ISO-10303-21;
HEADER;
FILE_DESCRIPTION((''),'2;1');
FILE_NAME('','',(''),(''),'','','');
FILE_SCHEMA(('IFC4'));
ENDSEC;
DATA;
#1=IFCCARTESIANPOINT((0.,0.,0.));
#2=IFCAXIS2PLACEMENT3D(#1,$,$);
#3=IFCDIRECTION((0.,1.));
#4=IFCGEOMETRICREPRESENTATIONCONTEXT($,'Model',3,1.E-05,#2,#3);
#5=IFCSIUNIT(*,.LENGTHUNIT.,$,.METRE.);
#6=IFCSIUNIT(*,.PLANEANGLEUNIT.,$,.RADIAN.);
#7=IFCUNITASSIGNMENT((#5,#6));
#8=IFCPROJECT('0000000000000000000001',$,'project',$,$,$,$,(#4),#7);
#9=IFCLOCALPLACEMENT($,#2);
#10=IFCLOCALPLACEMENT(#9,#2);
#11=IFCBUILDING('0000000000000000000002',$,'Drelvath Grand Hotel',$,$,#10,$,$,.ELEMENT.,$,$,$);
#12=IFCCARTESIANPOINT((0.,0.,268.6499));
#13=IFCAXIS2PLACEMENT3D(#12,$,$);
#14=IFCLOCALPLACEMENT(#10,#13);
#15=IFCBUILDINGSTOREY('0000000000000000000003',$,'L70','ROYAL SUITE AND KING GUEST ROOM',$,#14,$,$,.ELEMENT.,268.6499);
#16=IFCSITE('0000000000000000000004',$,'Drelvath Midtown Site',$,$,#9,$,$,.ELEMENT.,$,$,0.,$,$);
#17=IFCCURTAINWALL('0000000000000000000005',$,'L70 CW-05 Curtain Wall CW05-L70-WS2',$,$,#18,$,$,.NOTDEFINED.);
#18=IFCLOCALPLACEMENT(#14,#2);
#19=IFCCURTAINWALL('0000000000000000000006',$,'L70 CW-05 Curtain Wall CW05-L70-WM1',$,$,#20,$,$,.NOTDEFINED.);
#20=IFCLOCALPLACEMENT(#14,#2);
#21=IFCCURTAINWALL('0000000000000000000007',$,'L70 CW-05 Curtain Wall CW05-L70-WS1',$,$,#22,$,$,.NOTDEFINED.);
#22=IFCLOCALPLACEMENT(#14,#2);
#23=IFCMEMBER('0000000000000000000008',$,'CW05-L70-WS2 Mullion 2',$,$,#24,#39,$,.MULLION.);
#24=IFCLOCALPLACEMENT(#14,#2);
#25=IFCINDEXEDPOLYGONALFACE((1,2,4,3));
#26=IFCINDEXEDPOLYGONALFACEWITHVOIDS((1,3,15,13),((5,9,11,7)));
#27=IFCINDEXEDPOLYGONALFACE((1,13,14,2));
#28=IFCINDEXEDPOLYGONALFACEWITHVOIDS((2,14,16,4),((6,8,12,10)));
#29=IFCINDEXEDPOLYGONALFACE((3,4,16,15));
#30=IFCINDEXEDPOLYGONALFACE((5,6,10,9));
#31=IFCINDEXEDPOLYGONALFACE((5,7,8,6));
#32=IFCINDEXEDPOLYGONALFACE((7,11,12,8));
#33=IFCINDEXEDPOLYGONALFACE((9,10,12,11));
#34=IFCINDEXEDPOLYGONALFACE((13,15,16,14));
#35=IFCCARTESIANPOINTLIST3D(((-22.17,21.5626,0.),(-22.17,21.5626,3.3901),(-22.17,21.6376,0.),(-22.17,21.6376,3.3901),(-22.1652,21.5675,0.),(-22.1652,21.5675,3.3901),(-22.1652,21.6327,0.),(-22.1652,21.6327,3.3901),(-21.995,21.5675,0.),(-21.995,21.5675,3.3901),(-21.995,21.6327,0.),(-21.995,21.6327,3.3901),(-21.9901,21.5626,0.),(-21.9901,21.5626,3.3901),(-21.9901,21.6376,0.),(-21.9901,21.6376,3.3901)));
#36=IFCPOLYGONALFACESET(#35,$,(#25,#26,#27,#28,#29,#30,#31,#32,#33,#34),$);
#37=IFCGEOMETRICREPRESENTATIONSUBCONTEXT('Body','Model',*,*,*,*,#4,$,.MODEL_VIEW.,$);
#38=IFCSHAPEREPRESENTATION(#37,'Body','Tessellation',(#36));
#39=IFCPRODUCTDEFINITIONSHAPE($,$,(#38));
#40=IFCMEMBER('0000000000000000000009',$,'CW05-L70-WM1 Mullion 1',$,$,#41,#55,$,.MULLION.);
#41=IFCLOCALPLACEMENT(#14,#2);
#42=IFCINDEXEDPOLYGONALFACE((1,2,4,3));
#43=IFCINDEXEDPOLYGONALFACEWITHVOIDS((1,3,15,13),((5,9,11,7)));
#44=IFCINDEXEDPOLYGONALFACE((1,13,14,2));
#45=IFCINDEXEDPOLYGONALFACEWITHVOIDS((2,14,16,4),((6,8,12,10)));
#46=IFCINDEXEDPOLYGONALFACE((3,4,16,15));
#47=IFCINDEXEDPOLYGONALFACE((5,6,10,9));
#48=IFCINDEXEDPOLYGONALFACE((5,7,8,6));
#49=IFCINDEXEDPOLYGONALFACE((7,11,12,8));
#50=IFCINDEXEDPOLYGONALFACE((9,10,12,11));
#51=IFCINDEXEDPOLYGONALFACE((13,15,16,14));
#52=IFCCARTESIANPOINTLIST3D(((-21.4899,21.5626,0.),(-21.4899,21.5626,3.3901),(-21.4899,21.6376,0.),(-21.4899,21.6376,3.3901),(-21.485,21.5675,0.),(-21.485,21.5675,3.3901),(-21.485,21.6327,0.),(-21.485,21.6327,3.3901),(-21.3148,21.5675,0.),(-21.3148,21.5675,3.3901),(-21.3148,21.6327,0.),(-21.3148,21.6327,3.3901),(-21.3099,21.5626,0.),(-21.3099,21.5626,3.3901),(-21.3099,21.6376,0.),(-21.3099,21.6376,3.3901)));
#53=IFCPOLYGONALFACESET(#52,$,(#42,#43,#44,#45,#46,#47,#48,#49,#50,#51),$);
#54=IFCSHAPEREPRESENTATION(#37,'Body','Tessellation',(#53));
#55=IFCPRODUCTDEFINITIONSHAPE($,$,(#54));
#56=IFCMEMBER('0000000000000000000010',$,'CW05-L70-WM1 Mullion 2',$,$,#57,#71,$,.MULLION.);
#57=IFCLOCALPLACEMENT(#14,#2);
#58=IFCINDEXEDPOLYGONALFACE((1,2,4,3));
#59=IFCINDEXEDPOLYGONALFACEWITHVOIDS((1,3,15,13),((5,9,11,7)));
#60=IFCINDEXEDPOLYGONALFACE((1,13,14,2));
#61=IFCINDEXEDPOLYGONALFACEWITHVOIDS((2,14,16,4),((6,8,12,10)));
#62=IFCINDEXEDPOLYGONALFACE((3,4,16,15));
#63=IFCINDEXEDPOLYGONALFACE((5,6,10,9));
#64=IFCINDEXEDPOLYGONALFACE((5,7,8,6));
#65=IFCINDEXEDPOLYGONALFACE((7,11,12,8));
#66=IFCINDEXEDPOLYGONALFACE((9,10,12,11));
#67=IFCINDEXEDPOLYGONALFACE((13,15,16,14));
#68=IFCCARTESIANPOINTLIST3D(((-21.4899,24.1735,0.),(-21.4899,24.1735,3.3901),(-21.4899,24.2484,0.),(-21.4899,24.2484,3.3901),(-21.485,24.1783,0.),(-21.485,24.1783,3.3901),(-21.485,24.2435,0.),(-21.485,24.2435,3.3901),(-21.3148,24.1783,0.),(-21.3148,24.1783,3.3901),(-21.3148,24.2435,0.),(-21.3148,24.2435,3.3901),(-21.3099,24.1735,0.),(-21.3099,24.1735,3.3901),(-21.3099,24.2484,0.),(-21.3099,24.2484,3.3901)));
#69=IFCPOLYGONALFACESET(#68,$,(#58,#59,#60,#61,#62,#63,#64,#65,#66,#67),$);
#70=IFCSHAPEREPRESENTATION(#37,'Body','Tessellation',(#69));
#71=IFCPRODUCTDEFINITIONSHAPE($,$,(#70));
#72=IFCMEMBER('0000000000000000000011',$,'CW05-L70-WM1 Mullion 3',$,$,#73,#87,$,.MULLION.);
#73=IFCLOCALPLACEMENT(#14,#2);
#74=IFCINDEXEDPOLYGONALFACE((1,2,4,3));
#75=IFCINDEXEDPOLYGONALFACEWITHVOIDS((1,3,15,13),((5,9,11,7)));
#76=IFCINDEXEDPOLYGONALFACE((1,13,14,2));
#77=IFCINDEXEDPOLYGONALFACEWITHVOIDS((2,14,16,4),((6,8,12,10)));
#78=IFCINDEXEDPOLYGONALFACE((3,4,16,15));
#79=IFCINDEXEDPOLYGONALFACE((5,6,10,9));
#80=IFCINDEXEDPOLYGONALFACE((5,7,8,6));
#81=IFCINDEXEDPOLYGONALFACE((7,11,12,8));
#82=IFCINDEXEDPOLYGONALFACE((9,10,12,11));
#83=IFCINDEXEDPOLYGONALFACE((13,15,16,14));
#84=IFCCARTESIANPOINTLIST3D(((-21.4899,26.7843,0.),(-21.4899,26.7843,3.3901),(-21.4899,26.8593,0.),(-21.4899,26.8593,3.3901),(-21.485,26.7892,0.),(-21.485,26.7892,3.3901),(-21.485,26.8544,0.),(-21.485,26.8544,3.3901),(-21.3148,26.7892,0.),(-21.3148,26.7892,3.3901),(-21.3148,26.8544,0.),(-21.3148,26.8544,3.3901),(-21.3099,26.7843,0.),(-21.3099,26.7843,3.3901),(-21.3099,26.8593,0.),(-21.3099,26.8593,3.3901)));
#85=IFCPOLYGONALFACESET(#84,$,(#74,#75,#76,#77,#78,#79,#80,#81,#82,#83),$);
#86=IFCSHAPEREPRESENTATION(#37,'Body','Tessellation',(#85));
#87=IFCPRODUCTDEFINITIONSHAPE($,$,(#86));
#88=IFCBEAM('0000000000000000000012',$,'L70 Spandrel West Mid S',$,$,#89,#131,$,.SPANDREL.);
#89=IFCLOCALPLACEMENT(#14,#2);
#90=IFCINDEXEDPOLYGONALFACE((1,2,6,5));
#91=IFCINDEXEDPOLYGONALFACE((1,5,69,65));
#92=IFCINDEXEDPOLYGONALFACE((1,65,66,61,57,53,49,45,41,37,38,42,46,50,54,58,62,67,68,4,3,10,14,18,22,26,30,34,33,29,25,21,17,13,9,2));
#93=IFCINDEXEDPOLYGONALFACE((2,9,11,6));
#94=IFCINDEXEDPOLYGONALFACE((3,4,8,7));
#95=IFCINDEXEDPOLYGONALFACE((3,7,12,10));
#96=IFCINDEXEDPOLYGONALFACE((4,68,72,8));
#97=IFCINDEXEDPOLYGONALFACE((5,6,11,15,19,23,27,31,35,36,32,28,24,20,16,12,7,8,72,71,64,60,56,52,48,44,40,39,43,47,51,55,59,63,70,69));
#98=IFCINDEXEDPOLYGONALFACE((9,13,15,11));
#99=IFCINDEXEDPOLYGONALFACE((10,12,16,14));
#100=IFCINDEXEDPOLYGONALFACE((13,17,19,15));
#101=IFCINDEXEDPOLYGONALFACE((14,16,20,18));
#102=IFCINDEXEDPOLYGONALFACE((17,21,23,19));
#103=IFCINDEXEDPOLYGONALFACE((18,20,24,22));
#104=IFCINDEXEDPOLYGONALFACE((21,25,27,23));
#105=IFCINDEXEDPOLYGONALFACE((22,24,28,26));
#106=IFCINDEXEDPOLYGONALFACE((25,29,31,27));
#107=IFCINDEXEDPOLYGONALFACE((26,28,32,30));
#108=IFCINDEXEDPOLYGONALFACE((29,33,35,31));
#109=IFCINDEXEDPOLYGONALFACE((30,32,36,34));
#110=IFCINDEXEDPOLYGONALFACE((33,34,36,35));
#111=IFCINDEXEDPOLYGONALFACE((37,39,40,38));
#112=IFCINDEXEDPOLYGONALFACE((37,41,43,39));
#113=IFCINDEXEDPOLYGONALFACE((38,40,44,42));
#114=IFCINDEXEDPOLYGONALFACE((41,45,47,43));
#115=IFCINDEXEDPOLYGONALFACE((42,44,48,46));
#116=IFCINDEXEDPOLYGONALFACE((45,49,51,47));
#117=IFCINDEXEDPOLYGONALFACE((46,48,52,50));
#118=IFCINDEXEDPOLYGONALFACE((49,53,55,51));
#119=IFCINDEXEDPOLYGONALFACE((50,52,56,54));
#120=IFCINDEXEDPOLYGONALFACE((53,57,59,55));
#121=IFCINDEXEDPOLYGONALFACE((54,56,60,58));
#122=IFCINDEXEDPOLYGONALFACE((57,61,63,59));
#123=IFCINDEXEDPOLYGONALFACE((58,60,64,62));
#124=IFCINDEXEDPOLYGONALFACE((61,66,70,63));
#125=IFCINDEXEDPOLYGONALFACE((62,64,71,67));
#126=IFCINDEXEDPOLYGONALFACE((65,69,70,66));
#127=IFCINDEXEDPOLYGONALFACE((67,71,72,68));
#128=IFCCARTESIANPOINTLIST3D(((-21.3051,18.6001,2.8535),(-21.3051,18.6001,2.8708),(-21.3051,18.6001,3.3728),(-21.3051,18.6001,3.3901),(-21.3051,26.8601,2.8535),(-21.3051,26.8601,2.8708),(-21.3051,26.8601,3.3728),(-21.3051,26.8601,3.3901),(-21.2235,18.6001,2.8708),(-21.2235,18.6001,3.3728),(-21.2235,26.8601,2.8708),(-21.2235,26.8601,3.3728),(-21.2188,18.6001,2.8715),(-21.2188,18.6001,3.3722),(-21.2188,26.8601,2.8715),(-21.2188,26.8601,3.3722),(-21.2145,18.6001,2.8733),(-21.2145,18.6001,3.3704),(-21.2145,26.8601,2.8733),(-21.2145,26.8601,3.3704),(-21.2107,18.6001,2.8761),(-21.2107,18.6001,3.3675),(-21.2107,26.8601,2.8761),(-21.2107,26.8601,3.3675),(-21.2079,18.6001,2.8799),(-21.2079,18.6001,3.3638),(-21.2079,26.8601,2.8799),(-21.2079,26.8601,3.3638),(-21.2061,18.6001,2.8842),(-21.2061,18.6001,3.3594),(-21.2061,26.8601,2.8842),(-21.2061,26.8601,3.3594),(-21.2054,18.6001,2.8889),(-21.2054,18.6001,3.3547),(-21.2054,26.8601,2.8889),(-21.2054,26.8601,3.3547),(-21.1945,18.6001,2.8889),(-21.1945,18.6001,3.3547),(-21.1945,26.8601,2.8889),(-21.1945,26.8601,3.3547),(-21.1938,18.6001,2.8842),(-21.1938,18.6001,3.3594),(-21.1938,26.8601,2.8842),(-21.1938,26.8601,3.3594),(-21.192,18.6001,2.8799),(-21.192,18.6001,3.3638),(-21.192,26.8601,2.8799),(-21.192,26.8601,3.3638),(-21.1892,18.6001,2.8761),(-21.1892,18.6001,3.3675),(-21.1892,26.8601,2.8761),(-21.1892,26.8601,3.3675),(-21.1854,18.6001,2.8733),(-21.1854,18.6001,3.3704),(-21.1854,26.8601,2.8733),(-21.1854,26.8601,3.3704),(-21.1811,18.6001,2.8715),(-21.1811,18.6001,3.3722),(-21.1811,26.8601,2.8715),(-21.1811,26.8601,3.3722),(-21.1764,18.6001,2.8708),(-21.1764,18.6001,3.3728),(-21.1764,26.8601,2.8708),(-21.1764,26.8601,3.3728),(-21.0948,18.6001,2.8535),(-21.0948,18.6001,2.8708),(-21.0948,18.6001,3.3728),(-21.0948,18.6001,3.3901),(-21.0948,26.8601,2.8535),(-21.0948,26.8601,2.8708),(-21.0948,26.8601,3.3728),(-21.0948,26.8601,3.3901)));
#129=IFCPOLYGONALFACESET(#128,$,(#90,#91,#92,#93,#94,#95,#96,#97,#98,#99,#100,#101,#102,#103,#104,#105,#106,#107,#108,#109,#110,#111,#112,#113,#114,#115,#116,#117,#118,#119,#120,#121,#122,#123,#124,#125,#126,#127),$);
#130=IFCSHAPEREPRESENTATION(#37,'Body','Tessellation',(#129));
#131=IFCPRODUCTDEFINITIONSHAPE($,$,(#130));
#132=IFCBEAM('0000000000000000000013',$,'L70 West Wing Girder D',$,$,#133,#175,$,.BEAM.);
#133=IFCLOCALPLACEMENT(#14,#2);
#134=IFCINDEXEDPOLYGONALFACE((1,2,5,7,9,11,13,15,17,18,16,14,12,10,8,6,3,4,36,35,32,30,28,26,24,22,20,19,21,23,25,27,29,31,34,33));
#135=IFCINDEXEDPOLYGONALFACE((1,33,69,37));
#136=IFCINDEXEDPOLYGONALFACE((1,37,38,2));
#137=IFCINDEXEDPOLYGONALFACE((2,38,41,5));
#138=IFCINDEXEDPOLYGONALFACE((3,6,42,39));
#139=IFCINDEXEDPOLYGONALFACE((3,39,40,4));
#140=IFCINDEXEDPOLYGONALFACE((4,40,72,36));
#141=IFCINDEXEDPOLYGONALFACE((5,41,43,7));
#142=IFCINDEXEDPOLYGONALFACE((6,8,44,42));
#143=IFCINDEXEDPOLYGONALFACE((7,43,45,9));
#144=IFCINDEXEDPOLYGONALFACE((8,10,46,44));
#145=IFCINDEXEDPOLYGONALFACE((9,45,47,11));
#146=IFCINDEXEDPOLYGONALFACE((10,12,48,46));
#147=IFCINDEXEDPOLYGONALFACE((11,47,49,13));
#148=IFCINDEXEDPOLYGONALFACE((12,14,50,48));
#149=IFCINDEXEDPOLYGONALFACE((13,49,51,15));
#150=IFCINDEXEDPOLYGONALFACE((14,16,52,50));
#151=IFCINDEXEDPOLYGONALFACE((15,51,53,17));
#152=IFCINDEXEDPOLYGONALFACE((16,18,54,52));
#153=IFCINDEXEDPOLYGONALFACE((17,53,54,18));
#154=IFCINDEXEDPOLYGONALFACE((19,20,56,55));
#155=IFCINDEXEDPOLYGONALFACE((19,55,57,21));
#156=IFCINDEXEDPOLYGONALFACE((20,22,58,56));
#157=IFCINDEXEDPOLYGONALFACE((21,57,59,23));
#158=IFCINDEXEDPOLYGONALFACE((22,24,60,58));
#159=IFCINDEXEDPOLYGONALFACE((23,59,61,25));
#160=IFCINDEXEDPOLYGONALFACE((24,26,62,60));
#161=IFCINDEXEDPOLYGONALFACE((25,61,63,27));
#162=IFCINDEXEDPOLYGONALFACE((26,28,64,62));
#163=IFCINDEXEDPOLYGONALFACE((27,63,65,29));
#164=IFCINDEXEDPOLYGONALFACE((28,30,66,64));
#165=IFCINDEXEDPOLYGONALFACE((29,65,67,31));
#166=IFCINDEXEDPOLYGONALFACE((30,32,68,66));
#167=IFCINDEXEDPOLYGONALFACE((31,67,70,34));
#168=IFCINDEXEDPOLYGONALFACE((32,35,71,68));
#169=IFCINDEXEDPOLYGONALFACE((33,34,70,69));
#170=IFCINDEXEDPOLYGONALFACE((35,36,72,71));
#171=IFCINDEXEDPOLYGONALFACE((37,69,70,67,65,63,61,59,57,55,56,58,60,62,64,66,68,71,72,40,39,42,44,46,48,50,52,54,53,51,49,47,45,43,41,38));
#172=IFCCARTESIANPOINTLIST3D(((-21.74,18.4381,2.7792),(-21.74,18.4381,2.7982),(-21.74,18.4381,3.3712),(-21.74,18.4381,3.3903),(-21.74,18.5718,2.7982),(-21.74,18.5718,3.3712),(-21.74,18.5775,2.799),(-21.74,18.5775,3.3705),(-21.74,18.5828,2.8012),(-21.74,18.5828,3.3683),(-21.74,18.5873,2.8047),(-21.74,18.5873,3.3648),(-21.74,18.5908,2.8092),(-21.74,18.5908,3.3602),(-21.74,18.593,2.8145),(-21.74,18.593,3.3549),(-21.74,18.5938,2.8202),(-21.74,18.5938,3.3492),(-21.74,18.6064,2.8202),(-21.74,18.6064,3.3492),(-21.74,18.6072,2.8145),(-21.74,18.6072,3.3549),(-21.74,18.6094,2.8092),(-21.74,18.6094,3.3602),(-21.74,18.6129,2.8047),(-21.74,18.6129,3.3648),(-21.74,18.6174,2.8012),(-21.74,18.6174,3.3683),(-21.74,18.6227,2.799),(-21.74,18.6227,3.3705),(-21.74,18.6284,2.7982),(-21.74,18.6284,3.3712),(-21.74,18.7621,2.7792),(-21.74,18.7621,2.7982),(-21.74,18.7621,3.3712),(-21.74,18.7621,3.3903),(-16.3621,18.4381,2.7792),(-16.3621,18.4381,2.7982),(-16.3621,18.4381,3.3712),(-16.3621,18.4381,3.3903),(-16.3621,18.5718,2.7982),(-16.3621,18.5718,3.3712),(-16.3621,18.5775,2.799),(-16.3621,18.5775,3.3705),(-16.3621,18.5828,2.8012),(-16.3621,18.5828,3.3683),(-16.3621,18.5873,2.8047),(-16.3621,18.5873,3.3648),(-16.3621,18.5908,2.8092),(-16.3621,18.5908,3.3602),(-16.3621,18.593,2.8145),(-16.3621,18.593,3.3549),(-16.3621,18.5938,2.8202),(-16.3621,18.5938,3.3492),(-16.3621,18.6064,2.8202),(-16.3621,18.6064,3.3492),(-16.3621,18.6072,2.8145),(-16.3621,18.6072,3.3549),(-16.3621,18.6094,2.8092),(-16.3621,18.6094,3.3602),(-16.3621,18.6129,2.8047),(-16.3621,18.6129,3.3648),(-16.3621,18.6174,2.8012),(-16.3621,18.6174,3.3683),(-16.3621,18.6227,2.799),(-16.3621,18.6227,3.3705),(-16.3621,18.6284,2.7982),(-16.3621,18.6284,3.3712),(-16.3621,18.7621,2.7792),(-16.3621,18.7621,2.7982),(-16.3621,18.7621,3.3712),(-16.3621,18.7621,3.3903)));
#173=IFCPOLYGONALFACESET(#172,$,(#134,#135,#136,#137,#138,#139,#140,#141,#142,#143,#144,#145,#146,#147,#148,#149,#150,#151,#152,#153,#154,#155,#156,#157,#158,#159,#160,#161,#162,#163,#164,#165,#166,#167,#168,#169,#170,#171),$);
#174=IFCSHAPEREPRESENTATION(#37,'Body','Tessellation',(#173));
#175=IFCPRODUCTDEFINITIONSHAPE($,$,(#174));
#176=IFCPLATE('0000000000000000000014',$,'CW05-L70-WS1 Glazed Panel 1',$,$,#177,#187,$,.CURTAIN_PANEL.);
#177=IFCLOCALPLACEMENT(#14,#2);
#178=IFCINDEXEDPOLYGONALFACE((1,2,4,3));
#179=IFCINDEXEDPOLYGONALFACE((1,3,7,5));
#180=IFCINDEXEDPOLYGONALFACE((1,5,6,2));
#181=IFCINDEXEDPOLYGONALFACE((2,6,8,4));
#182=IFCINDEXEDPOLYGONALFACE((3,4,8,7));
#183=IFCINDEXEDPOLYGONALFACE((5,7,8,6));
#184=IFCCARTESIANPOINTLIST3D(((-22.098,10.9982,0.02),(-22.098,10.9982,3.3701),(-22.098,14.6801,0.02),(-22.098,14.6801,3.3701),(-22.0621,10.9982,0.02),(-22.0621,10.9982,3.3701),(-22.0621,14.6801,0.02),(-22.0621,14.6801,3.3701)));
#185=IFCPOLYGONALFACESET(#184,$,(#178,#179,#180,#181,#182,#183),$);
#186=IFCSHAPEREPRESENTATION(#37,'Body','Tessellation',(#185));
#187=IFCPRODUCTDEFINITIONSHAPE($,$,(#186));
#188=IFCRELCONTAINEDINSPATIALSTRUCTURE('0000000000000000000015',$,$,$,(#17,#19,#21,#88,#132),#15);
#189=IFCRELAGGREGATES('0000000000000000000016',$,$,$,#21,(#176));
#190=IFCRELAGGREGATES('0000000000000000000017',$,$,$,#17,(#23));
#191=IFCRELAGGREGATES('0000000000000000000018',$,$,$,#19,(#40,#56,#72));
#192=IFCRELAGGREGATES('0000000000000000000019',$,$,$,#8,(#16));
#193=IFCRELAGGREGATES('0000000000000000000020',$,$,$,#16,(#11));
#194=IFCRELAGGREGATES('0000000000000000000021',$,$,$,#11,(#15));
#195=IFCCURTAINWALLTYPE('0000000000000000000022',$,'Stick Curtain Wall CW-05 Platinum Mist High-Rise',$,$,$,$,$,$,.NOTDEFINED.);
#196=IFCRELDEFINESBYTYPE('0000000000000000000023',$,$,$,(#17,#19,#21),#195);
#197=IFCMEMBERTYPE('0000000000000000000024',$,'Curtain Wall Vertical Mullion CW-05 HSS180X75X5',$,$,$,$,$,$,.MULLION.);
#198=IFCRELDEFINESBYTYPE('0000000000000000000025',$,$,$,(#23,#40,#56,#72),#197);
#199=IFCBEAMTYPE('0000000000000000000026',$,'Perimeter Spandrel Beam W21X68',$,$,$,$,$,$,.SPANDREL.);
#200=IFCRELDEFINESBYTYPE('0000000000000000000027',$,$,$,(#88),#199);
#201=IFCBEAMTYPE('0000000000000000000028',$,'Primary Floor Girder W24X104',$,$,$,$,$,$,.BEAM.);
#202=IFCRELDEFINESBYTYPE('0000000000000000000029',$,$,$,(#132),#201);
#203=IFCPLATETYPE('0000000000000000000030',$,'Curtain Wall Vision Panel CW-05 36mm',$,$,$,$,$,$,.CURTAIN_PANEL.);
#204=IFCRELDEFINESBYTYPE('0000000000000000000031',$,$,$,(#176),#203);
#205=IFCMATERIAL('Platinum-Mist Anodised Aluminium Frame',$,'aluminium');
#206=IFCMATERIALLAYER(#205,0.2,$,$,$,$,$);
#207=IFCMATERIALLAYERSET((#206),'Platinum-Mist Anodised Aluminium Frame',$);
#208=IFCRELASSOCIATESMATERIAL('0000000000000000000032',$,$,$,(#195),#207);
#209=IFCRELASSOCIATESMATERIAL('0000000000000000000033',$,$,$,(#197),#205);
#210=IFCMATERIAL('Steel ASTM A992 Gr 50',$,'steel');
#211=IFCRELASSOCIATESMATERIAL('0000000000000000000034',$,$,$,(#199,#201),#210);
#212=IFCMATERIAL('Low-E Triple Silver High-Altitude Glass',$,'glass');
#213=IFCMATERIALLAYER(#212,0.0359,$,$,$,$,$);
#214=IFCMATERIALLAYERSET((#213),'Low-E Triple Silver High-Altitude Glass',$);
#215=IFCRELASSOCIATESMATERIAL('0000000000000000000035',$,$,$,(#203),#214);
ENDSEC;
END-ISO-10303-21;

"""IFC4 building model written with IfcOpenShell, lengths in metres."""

from ifc_helpers import new_model, si_unit, direction, frame, origin, origin_2d, place, context, subcontext, project, spatial, rectangle, hollow_rectangle, i_section, extrude, material, layer, layer_set, material_profile, profile_set, type_object, element, aggregate, save


model = new_model("IFC4")

# Units and contexts
model_context = context("Model", 3, precision=1e-05, world=origin(), true_north=direction((0.0, 1.0)))
body_context = subcontext(model_context, "Body", "Model", "MODEL_VIEW")
ifc_project = project(units=[si_unit("LENGTHUNIT", "METRE"), si_unit("PLANEANGLEUNIT", "RADIAN")], contexts=[model_context])

# Site, building, storey
site_placement = place(None, origin())
site = spatial("IfcSite", under=ifc_project, at=site_placement, Name="Drelvath Midtown Site", CompositionType="ELEMENT", RefElevation=0.0)
building_placement = place(site_placement, origin())
building = spatial("IfcBuilding", under=site, at=building_placement, Name="Drelvath Grand Hotel", CompositionType="ELEMENT")
storey_placement = place(building_placement, frame((0.0, 0.0, 268.6499)))
storey = spatial("IfcBuildingStorey", under=building, at=storey_placement, Name="L70", Description="ROYAL SUITE AND KING GUEST ROOM", CompositionType="ELEMENT", Elevation=268.6499)

# Shared definitions
ifc_material_1 = material(Name="Steel ASTM A992 Gr 50", Category="steel")

# Curtain walls
ifc_material_2 = material(Name="Platinum-Mist Anodised Aluminium Frame", Category="aluminium")
ifc_layer_1 = layer(ifc_material_2, 0.2)
ifc_layer_set_1 = layer_set([ifc_layer_1], Name="Platinum-Mist Anodised Aluminium Frame")
curtain_wall_type = type_object("IfcCurtainWallType", Name="Stick Curtain Wall CW-05 Platinum Mist High-Rise", PredefinedType="NOTDEFINED", material=ifc_layer_set_1)
curtain_wall_1_placement = place(storey_placement, origin())
curtain_wall_1 = element("IfcCurtainWall", 1, at=curtain_wall_1_placement, inside=storey, type_object=curtain_wall_type, Name="L70 CW-05 Curtain Wall CW05-L70-WS2", PredefinedType="NOTDEFINED")
curtain_wall_2_placement = place(storey_placement, origin())
curtain_wall_2 = element("IfcCurtainWall", 2, at=curtain_wall_2_placement, inside=storey, type_object=curtain_wall_type, Name="L70 CW-05 Curtain Wall CW05-L70-WM1", PredefinedType="NOTDEFINED")

# Curtain wall
curtain_wall_3_placement = place(storey_placement, origin())
curtain_wall_3 = element("IfcCurtainWall", 3, at=curtain_wall_3_placement, inside=storey, type_object=curtain_wall_type, Name="L70 CW-05 Curtain Wall CW05-L70-WS1", PredefinedType="NOTDEFINED")
ifc_material_profile_1 = material_profile(ifc_material_2, hollow_rectangle(XDim=0.075, YDim=0.1799, WallThickness=0.0049, at=origin_2d()), Name="HSS180X75X5")
ifc_profile_set_1 = profile_set([ifc_material_profile_1], Name="Platinum-Mist Anodised Aluminium Frame")
member_type_1 = type_object("IfcMemberType", Name="Curtain Wall Vertical Mullion CW-05 HSS180X75X5", PredefinedType="MULLION", material=ifc_profile_set_1)

# Members
member_1_placement = place(storey_placement, frame((-22.0801, 21.6001, 0.0), z_axis=(0.0, 0.0, 1.0), x_axis=(0.0, 1.0, 0.0)))
member_1 = element("IfcMember", 4, at=member_1_placement, type_object=member_type_1, Name="CW05-L70-WS2 Mullion 2", PredefinedType="MULLION", context=body_context, shape_type="SweptSolid", body=[
    extrude(hollow_rectangle(XDim=0.075, YDim=0.1799, WallThickness=0.0049, at=origin_2d()), origin(), (0.0, 0.0, 1.0), 3.3901),
])
member_2_placement = place(storey_placement, frame((-21.3999, 21.6001, 0.0), z_axis=(0.0, 0.0, 1.0), x_axis=(0.0, 1.0, 0.0)))
member_2 = element("IfcMember", 5, at=member_2_placement, type_object=member_type_1, Name="CW05-L70-WM1 Mullion 1", PredefinedType="MULLION", context=body_context, shape_type="SweptSolid", body=[
    extrude(hollow_rectangle(XDim=0.075, YDim=0.1799, WallThickness=0.0049, at=origin_2d()), origin(), (0.0, 0.0, 1.0), 3.3901),
])
member_3_placement = place(storey_placement, frame((-21.3999, 24.2109, 0.0), z_axis=(0.0, 0.0, 1.0), x_axis=(0.0, 1.0, 0.0)))
member_3 = element("IfcMember", 6, at=member_3_placement, type_object=member_type_1, Name="CW05-L70-WM1 Mullion 2", PredefinedType="MULLION", context=body_context, shape_type="SweptSolid", body=[
    extrude(hollow_rectangle(XDim=0.075, YDim=0.1799, WallThickness=0.0049, at=origin_2d()), origin(), (0.0, 0.0, 1.0), 3.3901),
])
member_4_placement = place(storey_placement, frame((-21.3999, 26.8218, 0.0), z_axis=(0.0, 0.0, 1.0), x_axis=(0.0, 1.0, 0.0)))
member_4 = element("IfcMember", 7, at=member_4_placement, type_object=member_type_1, Name="CW05-L70-WM1 Mullion 3", PredefinedType="MULLION", context=body_context, shape_type="SweptSolid", body=[
    extrude(hollow_rectangle(XDim=0.075, YDim=0.1799, WallThickness=0.0049, at=origin_2d()), origin(), (0.0, 0.0, 1.0), 3.3901),
])

# Beams
ifc_material_profile_2 = material_profile(ifc_material_1, i_section(OverallWidth=0.2102, OverallDepth=0.5366, WebThickness=0.011, FlangeThickness=0.0173, FilletRadius=0.0181, at=origin_2d()), Name="W21X68")
ifc_profile_set_2 = profile_set([ifc_material_profile_2], Name="Steel ASTM A992 Gr 50")
beam_type_1 = type_object("IfcBeamType", Name="Perimeter Spandrel Beam W21X68", PredefinedType="SPANDREL", material=ifc_profile_set_2)
beam_1_placement = place(storey_placement, frame((-21.2, 18.6001, 3.1218), z_axis=(0.0, 1.0, 0.0), x_axis=(-1.0, 0.0, 0.0)))
element("IfcBeam", 8, at=beam_1_placement, inside=storey, type_object=beam_type_1, Name="L70 Spandrel West Mid S", PredefinedType="SPANDREL", context=body_context, shape_type="SweptSolid", body=[
    extrude(i_section(OverallWidth=0.2102, OverallDepth=0.5366, WebThickness=0.011, FlangeThickness=0.0173, FilletRadius=0.0181, at=origin_2d()), origin(), (0.0, 0.0, 1.0), 8.26),
])
ifc_material_profile_3 = material_profile(ifc_material_1, i_section(OverallWidth=0.324, OverallDepth=0.6111, WebThickness=0.0127, FlangeThickness=0.019, FilletRadius=0.022, at=origin_2d()), Name="W24X104")
ifc_profile_set_3 = profile_set([ifc_material_profile_3], Name="Steel ASTM A992 Gr 50")
beam_type_2 = type_object("IfcBeamType", Name="Primary Floor Girder W24X104", PredefinedType="BEAM", material=ifc_profile_set_3)
beam_2_placement = place(storey_placement, frame((-21.74, 18.6001, 3.0847), z_axis=(1.0, 0.0, 0.0), x_axis=(0.0, 1.0, 0.0)))
element("IfcBeam", 9, at=beam_2_placement, inside=storey, type_object=beam_type_2, Name="L70 West Wing Girder D", PredefinedType="BEAM", context=body_context, shape_type="SweptSolid", body=[
    extrude(i_section(OverallWidth=0.324, OverallDepth=0.6111, WebThickness=0.0127, FlangeThickness=0.019, FilletRadius=0.022, at=origin_2d()), origin(), (0.0, 0.0, 1.0), 5.3779),
])

# Plate
ifc_material_3 = material(Name="Low-E Triple Silver High-Altitude Glass", Category="glass")
ifc_layer_2 = layer(ifc_material_3, 0.0359)
ifc_layer_set_2 = layer_set([ifc_layer_2], Name="Low-E Triple Silver High-Altitude Glass")
plate_type = type_object("IfcPlateType", Name="Curtain Wall Vision Panel CW-05 36mm", PredefinedType="CURTAIN_PANEL", material=ifc_layer_set_2)
plate_1_placement = place(storey_placement, frame((-22.0801, 12.8391, 0.02), z_axis=(0.0, 0.0, 1.0), x_axis=(0.0, 1.0, 0.0)))
plate_1 = element("IfcPlate", 10, at=plate_1_placement, type_object=plate_type, Name="CW05-L70-WS1 Glazed Panel 1", PredefinedType="CURTAIN_PANEL", context=body_context, shape_type="SweptSolid", body=[
    extrude(rectangle(XDim=3.6819, YDim=0.0359, at=origin_2d()), origin(), (0.0, 0.0, 1.0), 3.3501),
])
aggregate(curtain_wall_3, [plate_1])
aggregate(curtain_wall_1, [member_1])
aggregate(curtain_wall_2, [member_2, member_3, member_4])

save(model, "model.ifc")
